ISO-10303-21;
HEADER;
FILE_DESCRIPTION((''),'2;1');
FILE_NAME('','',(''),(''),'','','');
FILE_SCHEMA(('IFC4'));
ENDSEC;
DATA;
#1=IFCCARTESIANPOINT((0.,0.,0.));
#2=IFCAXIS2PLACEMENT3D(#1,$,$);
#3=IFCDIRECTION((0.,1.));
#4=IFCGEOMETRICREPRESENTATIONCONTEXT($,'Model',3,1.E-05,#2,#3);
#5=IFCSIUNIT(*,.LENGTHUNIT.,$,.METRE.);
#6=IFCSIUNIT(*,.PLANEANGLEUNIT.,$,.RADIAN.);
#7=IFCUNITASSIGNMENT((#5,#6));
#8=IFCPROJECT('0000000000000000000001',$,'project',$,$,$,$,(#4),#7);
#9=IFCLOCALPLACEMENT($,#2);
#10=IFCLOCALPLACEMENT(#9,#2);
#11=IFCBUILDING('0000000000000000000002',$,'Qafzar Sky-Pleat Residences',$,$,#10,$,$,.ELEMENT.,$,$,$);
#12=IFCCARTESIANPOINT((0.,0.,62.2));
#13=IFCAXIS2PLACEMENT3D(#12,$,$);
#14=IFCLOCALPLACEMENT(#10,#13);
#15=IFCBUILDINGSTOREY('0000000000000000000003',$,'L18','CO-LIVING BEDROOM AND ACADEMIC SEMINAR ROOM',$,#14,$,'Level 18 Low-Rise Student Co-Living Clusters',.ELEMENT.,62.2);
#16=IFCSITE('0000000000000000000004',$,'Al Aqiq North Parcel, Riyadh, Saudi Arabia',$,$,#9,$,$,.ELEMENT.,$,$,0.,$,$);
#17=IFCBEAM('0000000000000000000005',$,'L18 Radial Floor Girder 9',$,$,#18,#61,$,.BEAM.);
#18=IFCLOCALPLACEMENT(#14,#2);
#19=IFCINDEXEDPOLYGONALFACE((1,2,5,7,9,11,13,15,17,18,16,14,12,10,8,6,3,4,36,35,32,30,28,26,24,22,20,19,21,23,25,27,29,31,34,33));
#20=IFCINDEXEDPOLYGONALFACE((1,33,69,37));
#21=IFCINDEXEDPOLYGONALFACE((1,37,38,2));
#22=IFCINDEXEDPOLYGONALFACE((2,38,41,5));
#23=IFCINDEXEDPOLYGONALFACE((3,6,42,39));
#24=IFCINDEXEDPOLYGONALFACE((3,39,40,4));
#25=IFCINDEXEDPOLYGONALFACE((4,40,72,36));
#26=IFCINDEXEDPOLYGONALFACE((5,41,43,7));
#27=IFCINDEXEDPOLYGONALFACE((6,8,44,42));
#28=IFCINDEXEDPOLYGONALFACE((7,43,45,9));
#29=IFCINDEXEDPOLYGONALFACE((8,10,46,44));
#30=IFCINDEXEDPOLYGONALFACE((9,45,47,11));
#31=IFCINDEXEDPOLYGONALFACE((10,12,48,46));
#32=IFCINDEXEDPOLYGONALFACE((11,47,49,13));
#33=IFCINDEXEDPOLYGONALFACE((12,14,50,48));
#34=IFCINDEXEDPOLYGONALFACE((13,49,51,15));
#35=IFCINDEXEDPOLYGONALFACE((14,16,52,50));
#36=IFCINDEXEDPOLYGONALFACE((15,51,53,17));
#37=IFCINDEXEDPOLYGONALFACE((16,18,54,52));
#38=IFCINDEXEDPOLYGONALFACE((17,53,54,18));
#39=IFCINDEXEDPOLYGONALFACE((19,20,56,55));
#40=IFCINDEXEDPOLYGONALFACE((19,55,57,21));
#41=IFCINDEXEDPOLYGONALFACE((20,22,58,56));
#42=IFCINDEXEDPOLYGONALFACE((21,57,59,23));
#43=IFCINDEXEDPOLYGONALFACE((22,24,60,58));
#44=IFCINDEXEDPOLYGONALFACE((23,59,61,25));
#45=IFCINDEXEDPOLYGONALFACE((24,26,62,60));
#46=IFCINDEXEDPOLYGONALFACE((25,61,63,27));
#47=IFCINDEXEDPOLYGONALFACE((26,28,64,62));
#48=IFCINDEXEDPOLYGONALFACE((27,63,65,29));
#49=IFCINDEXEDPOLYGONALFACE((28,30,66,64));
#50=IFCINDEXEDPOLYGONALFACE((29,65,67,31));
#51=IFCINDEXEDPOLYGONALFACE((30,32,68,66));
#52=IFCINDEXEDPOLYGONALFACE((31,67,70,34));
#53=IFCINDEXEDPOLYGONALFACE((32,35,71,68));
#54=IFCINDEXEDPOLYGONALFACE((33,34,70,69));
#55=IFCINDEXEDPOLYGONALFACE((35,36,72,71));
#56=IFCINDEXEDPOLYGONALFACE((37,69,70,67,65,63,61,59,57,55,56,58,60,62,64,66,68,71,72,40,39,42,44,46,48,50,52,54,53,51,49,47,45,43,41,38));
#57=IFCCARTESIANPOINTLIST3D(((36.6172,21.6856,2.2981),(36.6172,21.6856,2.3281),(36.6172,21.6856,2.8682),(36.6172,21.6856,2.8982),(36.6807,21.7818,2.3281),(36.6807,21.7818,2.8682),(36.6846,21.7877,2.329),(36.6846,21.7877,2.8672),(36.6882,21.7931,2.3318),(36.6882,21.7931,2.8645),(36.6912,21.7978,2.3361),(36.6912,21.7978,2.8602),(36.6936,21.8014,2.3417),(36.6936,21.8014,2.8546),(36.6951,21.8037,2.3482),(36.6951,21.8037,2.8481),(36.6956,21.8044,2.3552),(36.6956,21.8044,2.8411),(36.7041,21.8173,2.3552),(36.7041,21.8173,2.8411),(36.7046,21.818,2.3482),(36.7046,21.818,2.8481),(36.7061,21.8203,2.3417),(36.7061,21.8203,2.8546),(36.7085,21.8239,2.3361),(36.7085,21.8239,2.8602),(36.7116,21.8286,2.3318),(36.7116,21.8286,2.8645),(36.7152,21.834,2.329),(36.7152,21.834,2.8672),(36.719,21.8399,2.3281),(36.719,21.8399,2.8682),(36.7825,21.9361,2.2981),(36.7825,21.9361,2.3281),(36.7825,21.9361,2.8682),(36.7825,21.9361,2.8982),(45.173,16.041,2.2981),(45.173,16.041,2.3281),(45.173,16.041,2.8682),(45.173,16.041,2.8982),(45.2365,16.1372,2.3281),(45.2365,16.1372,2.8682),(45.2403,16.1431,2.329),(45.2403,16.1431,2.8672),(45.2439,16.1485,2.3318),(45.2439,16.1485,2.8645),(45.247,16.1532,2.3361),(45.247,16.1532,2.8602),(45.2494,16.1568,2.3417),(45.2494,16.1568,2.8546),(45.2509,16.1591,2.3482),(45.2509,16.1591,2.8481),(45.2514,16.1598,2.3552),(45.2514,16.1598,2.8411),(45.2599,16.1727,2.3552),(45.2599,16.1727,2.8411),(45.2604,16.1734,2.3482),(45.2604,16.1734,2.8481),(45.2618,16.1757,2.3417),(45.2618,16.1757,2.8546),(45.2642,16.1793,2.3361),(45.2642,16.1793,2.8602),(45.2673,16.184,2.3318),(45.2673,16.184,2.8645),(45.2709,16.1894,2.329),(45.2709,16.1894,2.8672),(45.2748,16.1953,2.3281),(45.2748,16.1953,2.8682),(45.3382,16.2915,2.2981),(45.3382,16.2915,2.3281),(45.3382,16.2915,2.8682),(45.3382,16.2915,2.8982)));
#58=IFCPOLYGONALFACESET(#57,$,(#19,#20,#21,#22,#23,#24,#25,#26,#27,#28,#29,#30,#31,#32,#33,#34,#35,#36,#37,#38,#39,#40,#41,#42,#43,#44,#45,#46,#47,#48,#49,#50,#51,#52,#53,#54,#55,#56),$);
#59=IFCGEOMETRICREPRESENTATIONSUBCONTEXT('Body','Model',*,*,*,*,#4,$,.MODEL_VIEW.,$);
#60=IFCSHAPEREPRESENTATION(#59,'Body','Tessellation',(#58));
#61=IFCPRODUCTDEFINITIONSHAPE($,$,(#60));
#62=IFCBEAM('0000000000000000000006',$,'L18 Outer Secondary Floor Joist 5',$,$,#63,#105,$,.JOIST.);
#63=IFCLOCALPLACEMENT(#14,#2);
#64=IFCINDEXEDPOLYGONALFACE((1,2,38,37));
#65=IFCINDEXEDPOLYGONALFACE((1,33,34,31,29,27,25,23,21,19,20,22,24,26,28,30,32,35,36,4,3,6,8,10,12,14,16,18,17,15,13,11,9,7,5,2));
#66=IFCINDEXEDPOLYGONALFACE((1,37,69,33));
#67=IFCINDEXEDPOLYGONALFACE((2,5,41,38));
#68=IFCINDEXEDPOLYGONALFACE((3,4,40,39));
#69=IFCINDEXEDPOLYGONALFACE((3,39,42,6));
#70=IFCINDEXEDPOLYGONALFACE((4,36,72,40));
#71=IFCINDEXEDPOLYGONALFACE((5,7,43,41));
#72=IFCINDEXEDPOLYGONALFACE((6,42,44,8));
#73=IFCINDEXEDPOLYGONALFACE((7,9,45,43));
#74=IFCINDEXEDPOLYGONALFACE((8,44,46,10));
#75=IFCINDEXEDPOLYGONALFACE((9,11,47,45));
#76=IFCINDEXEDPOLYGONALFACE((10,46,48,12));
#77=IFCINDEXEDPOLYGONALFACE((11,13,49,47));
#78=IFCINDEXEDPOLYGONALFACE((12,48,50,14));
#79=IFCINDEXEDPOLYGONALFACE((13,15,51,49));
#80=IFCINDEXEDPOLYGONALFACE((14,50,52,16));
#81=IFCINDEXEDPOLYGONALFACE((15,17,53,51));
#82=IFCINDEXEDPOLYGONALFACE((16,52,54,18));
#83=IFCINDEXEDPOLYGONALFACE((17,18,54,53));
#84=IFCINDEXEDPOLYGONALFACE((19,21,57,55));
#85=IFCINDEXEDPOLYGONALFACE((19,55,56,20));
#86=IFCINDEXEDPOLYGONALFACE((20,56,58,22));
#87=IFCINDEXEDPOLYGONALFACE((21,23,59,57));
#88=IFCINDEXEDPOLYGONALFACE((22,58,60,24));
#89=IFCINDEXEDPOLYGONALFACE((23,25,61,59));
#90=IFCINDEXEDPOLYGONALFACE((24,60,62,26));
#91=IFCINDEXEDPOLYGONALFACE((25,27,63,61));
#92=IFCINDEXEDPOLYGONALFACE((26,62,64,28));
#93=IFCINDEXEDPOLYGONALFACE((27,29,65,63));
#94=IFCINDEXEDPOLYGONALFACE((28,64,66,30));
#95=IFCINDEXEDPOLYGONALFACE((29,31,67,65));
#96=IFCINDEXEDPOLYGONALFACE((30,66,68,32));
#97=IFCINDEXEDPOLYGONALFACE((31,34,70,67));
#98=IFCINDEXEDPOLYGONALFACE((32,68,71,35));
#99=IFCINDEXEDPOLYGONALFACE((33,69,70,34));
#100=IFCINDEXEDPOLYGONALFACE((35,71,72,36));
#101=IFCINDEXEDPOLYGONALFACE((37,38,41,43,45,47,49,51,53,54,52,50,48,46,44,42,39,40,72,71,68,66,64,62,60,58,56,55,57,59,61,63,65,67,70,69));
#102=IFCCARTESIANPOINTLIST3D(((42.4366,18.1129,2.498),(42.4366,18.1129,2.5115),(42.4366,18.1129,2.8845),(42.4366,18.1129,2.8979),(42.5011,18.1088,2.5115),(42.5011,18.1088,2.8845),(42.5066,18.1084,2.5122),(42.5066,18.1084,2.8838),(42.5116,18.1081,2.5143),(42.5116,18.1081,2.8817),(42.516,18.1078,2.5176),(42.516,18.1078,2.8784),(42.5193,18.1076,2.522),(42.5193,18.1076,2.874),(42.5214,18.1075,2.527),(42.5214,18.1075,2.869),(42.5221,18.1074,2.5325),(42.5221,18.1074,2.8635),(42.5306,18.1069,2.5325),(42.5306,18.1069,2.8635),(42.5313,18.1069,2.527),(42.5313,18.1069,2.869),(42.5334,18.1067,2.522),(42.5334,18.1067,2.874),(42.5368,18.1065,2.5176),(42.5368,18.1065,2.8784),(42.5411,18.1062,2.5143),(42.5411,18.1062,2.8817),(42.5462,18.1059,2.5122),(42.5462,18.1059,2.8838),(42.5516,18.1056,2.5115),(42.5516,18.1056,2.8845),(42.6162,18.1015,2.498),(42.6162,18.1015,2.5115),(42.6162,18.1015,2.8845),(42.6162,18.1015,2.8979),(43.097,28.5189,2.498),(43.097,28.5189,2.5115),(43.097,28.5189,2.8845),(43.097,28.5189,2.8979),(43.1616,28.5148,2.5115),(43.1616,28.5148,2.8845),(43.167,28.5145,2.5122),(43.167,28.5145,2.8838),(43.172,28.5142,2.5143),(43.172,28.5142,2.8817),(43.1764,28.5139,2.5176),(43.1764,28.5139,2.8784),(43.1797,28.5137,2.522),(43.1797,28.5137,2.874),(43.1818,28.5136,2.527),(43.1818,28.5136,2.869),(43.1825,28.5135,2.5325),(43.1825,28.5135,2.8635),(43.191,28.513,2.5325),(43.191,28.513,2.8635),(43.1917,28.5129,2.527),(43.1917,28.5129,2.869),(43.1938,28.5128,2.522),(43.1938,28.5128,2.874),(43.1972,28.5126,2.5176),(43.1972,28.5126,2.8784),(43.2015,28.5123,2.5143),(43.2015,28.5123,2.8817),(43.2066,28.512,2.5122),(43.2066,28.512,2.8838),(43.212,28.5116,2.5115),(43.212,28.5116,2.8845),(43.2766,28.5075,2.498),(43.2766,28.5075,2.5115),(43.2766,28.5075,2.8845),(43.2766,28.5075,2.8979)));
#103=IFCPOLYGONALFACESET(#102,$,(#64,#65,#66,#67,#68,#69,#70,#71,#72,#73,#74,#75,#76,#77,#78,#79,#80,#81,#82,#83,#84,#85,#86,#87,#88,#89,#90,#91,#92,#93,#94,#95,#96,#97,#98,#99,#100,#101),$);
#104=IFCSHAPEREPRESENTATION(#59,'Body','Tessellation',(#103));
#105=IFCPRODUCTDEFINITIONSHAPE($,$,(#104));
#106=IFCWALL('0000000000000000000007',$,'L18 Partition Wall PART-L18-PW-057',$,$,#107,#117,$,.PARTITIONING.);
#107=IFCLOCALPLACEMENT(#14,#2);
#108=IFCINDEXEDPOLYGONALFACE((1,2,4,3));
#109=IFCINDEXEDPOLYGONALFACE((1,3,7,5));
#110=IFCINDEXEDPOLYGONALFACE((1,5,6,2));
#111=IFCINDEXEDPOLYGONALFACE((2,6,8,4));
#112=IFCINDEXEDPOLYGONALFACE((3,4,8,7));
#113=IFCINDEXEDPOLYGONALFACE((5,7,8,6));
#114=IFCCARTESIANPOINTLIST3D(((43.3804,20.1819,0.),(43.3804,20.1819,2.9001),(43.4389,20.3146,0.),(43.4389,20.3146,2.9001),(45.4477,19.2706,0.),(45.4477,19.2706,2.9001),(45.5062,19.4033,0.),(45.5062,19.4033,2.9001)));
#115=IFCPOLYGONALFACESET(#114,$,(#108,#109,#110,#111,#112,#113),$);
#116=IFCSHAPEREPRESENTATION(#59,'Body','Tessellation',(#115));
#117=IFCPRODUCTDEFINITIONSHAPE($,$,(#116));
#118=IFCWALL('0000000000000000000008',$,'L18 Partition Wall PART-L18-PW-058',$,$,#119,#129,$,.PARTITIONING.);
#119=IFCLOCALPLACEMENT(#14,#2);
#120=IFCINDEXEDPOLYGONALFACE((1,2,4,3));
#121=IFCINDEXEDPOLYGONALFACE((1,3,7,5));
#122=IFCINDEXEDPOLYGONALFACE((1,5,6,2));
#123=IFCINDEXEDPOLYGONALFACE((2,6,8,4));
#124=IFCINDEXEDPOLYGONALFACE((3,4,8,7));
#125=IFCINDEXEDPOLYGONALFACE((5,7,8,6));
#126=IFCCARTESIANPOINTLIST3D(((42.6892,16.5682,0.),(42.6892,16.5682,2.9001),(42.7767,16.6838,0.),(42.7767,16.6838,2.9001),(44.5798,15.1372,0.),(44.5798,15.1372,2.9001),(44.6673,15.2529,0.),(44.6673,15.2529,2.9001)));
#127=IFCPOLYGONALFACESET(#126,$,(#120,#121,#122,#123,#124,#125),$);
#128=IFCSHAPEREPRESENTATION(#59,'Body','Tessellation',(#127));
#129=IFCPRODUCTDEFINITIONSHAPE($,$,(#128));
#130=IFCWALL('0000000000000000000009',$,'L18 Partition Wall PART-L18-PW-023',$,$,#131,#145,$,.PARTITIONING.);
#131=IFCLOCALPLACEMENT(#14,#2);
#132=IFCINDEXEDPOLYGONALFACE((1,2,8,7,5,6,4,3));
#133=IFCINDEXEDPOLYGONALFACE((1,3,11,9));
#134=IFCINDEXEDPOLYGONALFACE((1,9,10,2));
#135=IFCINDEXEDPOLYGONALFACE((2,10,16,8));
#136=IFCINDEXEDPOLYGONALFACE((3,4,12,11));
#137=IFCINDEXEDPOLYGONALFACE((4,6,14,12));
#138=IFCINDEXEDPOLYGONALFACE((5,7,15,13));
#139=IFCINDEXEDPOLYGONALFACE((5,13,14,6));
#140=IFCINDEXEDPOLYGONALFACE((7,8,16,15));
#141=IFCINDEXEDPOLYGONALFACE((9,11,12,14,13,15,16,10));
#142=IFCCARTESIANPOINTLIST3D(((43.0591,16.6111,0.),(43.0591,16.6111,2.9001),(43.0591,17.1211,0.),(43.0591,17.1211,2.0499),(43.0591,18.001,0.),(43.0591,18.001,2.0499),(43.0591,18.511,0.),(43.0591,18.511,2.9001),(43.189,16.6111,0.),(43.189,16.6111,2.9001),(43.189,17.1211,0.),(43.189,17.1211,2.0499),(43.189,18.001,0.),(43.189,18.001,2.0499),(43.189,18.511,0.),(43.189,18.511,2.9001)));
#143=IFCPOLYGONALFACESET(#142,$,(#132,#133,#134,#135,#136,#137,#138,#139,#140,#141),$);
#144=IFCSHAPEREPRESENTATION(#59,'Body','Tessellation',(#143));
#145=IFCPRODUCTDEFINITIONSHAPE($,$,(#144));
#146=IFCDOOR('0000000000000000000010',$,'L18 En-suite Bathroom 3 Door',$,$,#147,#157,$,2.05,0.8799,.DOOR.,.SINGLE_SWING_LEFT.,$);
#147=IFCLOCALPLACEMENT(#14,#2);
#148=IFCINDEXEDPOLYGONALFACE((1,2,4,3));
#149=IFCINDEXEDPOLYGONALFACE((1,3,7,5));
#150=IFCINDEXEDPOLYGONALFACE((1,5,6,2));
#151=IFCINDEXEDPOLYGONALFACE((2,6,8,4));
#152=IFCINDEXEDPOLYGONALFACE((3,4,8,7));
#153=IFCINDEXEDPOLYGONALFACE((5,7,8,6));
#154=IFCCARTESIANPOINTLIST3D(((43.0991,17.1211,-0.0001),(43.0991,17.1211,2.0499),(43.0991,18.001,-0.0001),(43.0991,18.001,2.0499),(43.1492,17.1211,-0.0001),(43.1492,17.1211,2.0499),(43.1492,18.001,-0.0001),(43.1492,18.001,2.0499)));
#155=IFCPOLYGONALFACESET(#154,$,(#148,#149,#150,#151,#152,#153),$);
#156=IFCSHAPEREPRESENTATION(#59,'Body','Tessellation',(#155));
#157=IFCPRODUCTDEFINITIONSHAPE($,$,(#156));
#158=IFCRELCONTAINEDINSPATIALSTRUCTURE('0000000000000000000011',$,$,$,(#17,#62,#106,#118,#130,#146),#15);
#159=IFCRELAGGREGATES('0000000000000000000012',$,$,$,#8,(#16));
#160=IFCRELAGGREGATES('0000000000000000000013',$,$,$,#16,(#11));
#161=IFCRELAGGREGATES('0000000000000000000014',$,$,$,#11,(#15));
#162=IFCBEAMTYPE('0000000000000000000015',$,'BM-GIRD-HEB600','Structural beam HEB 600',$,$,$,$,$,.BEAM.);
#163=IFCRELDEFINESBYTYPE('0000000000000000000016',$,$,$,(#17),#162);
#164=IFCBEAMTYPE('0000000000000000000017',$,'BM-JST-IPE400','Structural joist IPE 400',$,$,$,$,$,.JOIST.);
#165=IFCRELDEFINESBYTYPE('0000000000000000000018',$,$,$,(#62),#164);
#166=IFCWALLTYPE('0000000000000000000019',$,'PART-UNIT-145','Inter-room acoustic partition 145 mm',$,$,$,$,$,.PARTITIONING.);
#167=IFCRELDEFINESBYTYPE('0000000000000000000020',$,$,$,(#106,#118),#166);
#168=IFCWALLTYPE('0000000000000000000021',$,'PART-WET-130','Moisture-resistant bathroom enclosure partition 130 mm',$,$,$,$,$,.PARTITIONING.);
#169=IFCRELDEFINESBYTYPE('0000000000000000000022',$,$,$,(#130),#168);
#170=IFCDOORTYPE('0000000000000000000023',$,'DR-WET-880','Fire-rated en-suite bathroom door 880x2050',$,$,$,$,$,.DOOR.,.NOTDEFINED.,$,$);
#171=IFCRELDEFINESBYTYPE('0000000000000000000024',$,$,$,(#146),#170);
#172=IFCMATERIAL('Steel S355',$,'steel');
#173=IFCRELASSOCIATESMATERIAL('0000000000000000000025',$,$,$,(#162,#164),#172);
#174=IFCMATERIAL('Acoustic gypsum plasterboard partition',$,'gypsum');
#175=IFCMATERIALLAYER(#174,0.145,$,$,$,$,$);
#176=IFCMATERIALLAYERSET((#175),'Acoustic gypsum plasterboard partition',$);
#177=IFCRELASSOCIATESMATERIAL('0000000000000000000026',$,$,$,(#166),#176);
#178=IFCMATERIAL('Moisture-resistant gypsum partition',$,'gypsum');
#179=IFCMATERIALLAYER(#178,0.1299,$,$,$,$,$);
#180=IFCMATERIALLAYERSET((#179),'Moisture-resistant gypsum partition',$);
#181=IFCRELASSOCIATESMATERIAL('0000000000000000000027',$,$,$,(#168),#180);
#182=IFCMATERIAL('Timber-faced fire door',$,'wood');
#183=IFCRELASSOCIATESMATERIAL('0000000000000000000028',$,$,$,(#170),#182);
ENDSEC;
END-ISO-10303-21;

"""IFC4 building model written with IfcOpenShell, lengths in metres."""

from ifc_helpers import new_model, si_unit, direction, frame, frame_2d, origin, origin_2d, place, context, subcontext, project, spatial, rectangle, i_section, extrude, source, transform, mapped, material, layer, layer_set, material_profile, profile_set, type_object, element, fill, save


model = new_model("IFC4")

# Units and contexts
model_context = context("Model", 3, precision=1e-05, world=origin(), true_north=direction((0.0, 1.0)))
body_context = subcontext(model_context, "Body", "Model", "MODEL_VIEW")
ifc_project = project(units=[si_unit("LENGTHUNIT", "METRE"), si_unit("PLANEANGLEUNIT", "RADIAN")], contexts=[model_context])

# Site, building, storey
site_placement = place(None, origin())
site = spatial("IfcSite", under=ifc_project, at=site_placement, Name="Al Aqiq North Parcel, Riyadh, Saudi Arabia", CompositionType="ELEMENT", RefElevation=0.0)
building_placement = place(site_placement, origin())
building = spatial("IfcBuilding", under=site, at=building_placement, Name="Qafzar Sky-Pleat Residences", CompositionType="ELEMENT")
storey_placement = place(building_placement, frame((0.0, 0.0, 62.2)))
storey = spatial("IfcBuildingStorey", under=building, at=storey_placement, Name="L18", Description="CO-LIVING BEDROOM AND ACADEMIC SEMINAR ROOM", LongName="Level 18 Low-Rise Student Co-Living Clusters", CompositionType="ELEMENT", Elevation=62.2)

# Beams
ifc_material_1 = material(Name="Steel S355", Category="steel")
ifc_material_profile_1 = material_profile(ifc_material_1, i_section(OverallWidth=0.3, OverallDepth=0.6001, WebThickness=0.0154, FlangeThickness=0.03, FilletRadius=0.0271, at=origin_2d()), Name="HEB 600")
ifc_profile_set_1 = profile_set([ifc_material_profile_1], Name="Steel S355")
beam_type_1 = type_object("IfcBeamType", Name="BM-GIRD-HEB600", Description="Structural beam HEB 600", PredefinedType="BEAM", material=ifc_profile_set_1)
shared_shape_1 = source(origin(), body_context, "Body", "SweptSolid", [
    extrude(i_section(OverallWidth=0.3, OverallDepth=0.6001, WebThickness=0.0154, FlangeThickness=0.03, FilletRadius=0.0271, at=origin_2d()), origin(), (0.0, 0.0, 1.0), 10.25),
])
beam_1_placement = place(storey_placement, frame((45.2556, 16.1663, 2.5981), z_axis=(-0.834708, 0.550692, 0.0), x_axis=(-0.550692, -0.834708, 0.0)))
element("IfcBeam", 1, at=beam_1_placement, inside=storey, type_object=beam_type_1, Name="L18 Radial Floor Girder 9", PredefinedType="BEAM", context=body_context, shape_type="MappedRepresentation", body=[
    mapped(shared_shape_1, transform((0.0, 0.0, 0.0), x_axis=(1.0, 0.0, 0.0), y_axis=(0.0, 1.0, 0.0), z_axis=(0.0, 0.0, 1.0), scale=1.0)),
])
ifc_material_profile_2 = material_profile(ifc_material_1, i_section(OverallWidth=0.1799, OverallDepth=0.3999, WebThickness=0.0085, FlangeThickness=0.0134, FilletRadius=0.021, at=origin_2d()), Name="IPE 400")
ifc_profile_set_2 = profile_set([ifc_material_profile_2], Name="Steel S355")
beam_type_2 = type_object("IfcBeamType", Name="BM-JST-IPE400", Description="Structural joist IPE 400", PredefinedType="JOIST", material=ifc_profile_set_2)
shared_shape_2 = source(origin(), body_context, "Body", "SweptSolid", [
    extrude(i_section(OverallWidth=0.1799, OverallDepth=0.3999, WebThickness=0.0085, FlangeThickness=0.0134, FilletRadius=0.021, at=origin_2d()), origin(), (0.0, 0.0, 1.0), 10.427),
])
beam_2_placement = place(storey_placement, frame((42.5264, 18.1072, 2.698), z_axis=(0.063336, 0.997992, 0.0), x_axis=(-0.997992, 0.063336, 0.0)))
element("IfcBeam", 2, at=beam_2_placement, inside=storey, type_object=beam_type_2, Name="L18 Outer Secondary Floor Joist 5", PredefinedType="JOIST", context=body_context, shape_type="MappedRepresentation", body=[
    mapped(shared_shape_2, transform((0.0, 0.0, 0.0), x_axis=(1.0, 0.0, 0.0), y_axis=(0.0, 1.0, 0.0), z_axis=(0.0, 0.0, 1.0), scale=1.0)),
])

# Walls
ifc_material_2 = material(Name="Acoustic gypsum plasterboard partition", Category="gypsum")
ifc_layer_1 = layer(ifc_material_2, 0.145)
ifc_layer_set_1 = layer_set([ifc_layer_1], Name="Acoustic gypsum plasterboard partition")
wall_type_1 = type_object("IfcWallType", Name="PART-UNIT-145", Description="Inter-room acoustic partition 145 mm", PredefinedType="PARTITIONING", material=ifc_layer_set_1)
wall_1_placement = place(storey_placement, frame((43.4097, 20.2483, 0.0), z_axis=(0.0, 0.0, 1.0), x_axis=(0.915033, -0.403379, 0.0)))
element("IfcWall", 3, at=wall_1_placement, inside=storey, type_object=wall_type_1, Name="L18 Partition Wall PART-L18-PW-057", PredefinedType="PARTITIONING", context=body_context, shape_type="SweptSolid", body=[
    extrude(rectangle(XDim=2.2593, YDim=0.145, at=frame_2d((1.1296, 0.0))), origin(), (0.0, 0.0, 1.0), 2.9001),
])
wall_2_placement = place(storey_placement, frame((42.7329, 16.626, 0.0), z_axis=(0.0, 0.0, 1.0), x_axis=(0.797373, -0.603487, 0.0)))
element("IfcWall", 4, at=wall_2_placement, inside=storey, type_object=wall_type_1, Name="L18 Partition Wall PART-L18-PW-058", PredefinedType="PARTITIONING", context=body_context, shape_type="SweptSolid", body=[
    extrude(rectangle(XDim=2.3711, YDim=0.145, at=frame_2d((1.1855, 0.0))), origin(), (0.0, 0.0, 1.0), 2.9001),
])

# Wall, opening, door
ifc_material_3 = material(Name="Moisture-resistant gypsum partition", Category="gypsum")
ifc_layer_2 = layer(ifc_material_3, 0.1299)
ifc_layer_set_2 = layer_set([ifc_layer_2], Name="Moisture-resistant gypsum partition")
wall_type_2 = type_object("IfcWallType", Name="PART-WET-130", Description="Moisture-resistant bathroom enclosure partition 130 mm", PredefinedType="PARTITIONING", material=ifc_layer_set_2)
wall_3_placement = place(storey_placement, frame((43.124, 16.6111, 0.0), z_axis=(0.0, 0.0, 1.0), x_axis=(0.0, 1.0, 0.0)))
wall_3 = element("IfcWall", 5, at=wall_3_placement, inside=storey, type_object=wall_type_2, Name="L18 Partition Wall PART-L18-PW-023", PredefinedType="PARTITIONING", context=body_context, shape_type="SweptSolid", body=[
    extrude(rectangle(XDim=1.8999, YDim=0.1299, at=frame_2d((0.95, 0.0))), origin(), (0.0, 0.0, 1.0), 2.9001),
])
opening_1_placement = place(wall_3_placement, frame((0.51, 0.0, 0.0)))
opening_1 = element("IfcOpeningElement", 6, at=opening_1_placement, cuts=wall_3, PredefinedType="OPENING", context=body_context, shape_type="SweptSolid", body=[
    extrude(rectangle(XDim=0.8799, YDim=2.05, at=frame_2d((0.4399, 1.0249))), frame((0.0, 0.075, 0.0), z_axis=(0.0, -1.0, 0.0), x_axis=(1.0, 0.0, 0.0)), (0.0, 0.0, 1.0), 0.1499),
])
ifc_material_4 = material(Name="Timber-faced fire door", Category="wood")
door_type = type_object("IfcDoorType", Name="DR-WET-880", Description="Fire-rated en-suite bathroom door 880x2050", OperationType="NOTDEFINED", PredefinedType="DOOR", material=ifc_material_4)
shared_shape_3 = source(origin(), body_context, "Body", "SweptSolid", [
    extrude(rectangle(XDim=0.8799, YDim=2.05, at=frame_2d((0.4399, 1.0249))), frame((0.0, 0.0249, 0.0), z_axis=(0.0, -1.0, 0.0), x_axis=(1.0, 0.0, 0.0)), (0.0, 0.0, 1.0), 0.05),
])
door_1_placement = place(opening_1_placement, origin())
door_1 = element("IfcDoor", 7, at=door_1_placement, inside=storey, type_object=door_type, Name="L18 En-suite Bathroom 3 Door", OperationType="SINGLE_SWING_LEFT", OverallHeight=2.05, OverallWidth=0.8799, PredefinedType="DOOR", context=body_context, shape_type="MappedRepresentation", body=[
    mapped(shared_shape_3, transform((0.0, 0.0, 0.0), x_axis=(1.0, 0.0, 0.0), y_axis=(0.0, 1.0, 0.0), z_axis=(0.0, 0.0, 1.0), scale=1.0)),
])
fill(opening_1, door_1)

save(model, "model.ifc")
